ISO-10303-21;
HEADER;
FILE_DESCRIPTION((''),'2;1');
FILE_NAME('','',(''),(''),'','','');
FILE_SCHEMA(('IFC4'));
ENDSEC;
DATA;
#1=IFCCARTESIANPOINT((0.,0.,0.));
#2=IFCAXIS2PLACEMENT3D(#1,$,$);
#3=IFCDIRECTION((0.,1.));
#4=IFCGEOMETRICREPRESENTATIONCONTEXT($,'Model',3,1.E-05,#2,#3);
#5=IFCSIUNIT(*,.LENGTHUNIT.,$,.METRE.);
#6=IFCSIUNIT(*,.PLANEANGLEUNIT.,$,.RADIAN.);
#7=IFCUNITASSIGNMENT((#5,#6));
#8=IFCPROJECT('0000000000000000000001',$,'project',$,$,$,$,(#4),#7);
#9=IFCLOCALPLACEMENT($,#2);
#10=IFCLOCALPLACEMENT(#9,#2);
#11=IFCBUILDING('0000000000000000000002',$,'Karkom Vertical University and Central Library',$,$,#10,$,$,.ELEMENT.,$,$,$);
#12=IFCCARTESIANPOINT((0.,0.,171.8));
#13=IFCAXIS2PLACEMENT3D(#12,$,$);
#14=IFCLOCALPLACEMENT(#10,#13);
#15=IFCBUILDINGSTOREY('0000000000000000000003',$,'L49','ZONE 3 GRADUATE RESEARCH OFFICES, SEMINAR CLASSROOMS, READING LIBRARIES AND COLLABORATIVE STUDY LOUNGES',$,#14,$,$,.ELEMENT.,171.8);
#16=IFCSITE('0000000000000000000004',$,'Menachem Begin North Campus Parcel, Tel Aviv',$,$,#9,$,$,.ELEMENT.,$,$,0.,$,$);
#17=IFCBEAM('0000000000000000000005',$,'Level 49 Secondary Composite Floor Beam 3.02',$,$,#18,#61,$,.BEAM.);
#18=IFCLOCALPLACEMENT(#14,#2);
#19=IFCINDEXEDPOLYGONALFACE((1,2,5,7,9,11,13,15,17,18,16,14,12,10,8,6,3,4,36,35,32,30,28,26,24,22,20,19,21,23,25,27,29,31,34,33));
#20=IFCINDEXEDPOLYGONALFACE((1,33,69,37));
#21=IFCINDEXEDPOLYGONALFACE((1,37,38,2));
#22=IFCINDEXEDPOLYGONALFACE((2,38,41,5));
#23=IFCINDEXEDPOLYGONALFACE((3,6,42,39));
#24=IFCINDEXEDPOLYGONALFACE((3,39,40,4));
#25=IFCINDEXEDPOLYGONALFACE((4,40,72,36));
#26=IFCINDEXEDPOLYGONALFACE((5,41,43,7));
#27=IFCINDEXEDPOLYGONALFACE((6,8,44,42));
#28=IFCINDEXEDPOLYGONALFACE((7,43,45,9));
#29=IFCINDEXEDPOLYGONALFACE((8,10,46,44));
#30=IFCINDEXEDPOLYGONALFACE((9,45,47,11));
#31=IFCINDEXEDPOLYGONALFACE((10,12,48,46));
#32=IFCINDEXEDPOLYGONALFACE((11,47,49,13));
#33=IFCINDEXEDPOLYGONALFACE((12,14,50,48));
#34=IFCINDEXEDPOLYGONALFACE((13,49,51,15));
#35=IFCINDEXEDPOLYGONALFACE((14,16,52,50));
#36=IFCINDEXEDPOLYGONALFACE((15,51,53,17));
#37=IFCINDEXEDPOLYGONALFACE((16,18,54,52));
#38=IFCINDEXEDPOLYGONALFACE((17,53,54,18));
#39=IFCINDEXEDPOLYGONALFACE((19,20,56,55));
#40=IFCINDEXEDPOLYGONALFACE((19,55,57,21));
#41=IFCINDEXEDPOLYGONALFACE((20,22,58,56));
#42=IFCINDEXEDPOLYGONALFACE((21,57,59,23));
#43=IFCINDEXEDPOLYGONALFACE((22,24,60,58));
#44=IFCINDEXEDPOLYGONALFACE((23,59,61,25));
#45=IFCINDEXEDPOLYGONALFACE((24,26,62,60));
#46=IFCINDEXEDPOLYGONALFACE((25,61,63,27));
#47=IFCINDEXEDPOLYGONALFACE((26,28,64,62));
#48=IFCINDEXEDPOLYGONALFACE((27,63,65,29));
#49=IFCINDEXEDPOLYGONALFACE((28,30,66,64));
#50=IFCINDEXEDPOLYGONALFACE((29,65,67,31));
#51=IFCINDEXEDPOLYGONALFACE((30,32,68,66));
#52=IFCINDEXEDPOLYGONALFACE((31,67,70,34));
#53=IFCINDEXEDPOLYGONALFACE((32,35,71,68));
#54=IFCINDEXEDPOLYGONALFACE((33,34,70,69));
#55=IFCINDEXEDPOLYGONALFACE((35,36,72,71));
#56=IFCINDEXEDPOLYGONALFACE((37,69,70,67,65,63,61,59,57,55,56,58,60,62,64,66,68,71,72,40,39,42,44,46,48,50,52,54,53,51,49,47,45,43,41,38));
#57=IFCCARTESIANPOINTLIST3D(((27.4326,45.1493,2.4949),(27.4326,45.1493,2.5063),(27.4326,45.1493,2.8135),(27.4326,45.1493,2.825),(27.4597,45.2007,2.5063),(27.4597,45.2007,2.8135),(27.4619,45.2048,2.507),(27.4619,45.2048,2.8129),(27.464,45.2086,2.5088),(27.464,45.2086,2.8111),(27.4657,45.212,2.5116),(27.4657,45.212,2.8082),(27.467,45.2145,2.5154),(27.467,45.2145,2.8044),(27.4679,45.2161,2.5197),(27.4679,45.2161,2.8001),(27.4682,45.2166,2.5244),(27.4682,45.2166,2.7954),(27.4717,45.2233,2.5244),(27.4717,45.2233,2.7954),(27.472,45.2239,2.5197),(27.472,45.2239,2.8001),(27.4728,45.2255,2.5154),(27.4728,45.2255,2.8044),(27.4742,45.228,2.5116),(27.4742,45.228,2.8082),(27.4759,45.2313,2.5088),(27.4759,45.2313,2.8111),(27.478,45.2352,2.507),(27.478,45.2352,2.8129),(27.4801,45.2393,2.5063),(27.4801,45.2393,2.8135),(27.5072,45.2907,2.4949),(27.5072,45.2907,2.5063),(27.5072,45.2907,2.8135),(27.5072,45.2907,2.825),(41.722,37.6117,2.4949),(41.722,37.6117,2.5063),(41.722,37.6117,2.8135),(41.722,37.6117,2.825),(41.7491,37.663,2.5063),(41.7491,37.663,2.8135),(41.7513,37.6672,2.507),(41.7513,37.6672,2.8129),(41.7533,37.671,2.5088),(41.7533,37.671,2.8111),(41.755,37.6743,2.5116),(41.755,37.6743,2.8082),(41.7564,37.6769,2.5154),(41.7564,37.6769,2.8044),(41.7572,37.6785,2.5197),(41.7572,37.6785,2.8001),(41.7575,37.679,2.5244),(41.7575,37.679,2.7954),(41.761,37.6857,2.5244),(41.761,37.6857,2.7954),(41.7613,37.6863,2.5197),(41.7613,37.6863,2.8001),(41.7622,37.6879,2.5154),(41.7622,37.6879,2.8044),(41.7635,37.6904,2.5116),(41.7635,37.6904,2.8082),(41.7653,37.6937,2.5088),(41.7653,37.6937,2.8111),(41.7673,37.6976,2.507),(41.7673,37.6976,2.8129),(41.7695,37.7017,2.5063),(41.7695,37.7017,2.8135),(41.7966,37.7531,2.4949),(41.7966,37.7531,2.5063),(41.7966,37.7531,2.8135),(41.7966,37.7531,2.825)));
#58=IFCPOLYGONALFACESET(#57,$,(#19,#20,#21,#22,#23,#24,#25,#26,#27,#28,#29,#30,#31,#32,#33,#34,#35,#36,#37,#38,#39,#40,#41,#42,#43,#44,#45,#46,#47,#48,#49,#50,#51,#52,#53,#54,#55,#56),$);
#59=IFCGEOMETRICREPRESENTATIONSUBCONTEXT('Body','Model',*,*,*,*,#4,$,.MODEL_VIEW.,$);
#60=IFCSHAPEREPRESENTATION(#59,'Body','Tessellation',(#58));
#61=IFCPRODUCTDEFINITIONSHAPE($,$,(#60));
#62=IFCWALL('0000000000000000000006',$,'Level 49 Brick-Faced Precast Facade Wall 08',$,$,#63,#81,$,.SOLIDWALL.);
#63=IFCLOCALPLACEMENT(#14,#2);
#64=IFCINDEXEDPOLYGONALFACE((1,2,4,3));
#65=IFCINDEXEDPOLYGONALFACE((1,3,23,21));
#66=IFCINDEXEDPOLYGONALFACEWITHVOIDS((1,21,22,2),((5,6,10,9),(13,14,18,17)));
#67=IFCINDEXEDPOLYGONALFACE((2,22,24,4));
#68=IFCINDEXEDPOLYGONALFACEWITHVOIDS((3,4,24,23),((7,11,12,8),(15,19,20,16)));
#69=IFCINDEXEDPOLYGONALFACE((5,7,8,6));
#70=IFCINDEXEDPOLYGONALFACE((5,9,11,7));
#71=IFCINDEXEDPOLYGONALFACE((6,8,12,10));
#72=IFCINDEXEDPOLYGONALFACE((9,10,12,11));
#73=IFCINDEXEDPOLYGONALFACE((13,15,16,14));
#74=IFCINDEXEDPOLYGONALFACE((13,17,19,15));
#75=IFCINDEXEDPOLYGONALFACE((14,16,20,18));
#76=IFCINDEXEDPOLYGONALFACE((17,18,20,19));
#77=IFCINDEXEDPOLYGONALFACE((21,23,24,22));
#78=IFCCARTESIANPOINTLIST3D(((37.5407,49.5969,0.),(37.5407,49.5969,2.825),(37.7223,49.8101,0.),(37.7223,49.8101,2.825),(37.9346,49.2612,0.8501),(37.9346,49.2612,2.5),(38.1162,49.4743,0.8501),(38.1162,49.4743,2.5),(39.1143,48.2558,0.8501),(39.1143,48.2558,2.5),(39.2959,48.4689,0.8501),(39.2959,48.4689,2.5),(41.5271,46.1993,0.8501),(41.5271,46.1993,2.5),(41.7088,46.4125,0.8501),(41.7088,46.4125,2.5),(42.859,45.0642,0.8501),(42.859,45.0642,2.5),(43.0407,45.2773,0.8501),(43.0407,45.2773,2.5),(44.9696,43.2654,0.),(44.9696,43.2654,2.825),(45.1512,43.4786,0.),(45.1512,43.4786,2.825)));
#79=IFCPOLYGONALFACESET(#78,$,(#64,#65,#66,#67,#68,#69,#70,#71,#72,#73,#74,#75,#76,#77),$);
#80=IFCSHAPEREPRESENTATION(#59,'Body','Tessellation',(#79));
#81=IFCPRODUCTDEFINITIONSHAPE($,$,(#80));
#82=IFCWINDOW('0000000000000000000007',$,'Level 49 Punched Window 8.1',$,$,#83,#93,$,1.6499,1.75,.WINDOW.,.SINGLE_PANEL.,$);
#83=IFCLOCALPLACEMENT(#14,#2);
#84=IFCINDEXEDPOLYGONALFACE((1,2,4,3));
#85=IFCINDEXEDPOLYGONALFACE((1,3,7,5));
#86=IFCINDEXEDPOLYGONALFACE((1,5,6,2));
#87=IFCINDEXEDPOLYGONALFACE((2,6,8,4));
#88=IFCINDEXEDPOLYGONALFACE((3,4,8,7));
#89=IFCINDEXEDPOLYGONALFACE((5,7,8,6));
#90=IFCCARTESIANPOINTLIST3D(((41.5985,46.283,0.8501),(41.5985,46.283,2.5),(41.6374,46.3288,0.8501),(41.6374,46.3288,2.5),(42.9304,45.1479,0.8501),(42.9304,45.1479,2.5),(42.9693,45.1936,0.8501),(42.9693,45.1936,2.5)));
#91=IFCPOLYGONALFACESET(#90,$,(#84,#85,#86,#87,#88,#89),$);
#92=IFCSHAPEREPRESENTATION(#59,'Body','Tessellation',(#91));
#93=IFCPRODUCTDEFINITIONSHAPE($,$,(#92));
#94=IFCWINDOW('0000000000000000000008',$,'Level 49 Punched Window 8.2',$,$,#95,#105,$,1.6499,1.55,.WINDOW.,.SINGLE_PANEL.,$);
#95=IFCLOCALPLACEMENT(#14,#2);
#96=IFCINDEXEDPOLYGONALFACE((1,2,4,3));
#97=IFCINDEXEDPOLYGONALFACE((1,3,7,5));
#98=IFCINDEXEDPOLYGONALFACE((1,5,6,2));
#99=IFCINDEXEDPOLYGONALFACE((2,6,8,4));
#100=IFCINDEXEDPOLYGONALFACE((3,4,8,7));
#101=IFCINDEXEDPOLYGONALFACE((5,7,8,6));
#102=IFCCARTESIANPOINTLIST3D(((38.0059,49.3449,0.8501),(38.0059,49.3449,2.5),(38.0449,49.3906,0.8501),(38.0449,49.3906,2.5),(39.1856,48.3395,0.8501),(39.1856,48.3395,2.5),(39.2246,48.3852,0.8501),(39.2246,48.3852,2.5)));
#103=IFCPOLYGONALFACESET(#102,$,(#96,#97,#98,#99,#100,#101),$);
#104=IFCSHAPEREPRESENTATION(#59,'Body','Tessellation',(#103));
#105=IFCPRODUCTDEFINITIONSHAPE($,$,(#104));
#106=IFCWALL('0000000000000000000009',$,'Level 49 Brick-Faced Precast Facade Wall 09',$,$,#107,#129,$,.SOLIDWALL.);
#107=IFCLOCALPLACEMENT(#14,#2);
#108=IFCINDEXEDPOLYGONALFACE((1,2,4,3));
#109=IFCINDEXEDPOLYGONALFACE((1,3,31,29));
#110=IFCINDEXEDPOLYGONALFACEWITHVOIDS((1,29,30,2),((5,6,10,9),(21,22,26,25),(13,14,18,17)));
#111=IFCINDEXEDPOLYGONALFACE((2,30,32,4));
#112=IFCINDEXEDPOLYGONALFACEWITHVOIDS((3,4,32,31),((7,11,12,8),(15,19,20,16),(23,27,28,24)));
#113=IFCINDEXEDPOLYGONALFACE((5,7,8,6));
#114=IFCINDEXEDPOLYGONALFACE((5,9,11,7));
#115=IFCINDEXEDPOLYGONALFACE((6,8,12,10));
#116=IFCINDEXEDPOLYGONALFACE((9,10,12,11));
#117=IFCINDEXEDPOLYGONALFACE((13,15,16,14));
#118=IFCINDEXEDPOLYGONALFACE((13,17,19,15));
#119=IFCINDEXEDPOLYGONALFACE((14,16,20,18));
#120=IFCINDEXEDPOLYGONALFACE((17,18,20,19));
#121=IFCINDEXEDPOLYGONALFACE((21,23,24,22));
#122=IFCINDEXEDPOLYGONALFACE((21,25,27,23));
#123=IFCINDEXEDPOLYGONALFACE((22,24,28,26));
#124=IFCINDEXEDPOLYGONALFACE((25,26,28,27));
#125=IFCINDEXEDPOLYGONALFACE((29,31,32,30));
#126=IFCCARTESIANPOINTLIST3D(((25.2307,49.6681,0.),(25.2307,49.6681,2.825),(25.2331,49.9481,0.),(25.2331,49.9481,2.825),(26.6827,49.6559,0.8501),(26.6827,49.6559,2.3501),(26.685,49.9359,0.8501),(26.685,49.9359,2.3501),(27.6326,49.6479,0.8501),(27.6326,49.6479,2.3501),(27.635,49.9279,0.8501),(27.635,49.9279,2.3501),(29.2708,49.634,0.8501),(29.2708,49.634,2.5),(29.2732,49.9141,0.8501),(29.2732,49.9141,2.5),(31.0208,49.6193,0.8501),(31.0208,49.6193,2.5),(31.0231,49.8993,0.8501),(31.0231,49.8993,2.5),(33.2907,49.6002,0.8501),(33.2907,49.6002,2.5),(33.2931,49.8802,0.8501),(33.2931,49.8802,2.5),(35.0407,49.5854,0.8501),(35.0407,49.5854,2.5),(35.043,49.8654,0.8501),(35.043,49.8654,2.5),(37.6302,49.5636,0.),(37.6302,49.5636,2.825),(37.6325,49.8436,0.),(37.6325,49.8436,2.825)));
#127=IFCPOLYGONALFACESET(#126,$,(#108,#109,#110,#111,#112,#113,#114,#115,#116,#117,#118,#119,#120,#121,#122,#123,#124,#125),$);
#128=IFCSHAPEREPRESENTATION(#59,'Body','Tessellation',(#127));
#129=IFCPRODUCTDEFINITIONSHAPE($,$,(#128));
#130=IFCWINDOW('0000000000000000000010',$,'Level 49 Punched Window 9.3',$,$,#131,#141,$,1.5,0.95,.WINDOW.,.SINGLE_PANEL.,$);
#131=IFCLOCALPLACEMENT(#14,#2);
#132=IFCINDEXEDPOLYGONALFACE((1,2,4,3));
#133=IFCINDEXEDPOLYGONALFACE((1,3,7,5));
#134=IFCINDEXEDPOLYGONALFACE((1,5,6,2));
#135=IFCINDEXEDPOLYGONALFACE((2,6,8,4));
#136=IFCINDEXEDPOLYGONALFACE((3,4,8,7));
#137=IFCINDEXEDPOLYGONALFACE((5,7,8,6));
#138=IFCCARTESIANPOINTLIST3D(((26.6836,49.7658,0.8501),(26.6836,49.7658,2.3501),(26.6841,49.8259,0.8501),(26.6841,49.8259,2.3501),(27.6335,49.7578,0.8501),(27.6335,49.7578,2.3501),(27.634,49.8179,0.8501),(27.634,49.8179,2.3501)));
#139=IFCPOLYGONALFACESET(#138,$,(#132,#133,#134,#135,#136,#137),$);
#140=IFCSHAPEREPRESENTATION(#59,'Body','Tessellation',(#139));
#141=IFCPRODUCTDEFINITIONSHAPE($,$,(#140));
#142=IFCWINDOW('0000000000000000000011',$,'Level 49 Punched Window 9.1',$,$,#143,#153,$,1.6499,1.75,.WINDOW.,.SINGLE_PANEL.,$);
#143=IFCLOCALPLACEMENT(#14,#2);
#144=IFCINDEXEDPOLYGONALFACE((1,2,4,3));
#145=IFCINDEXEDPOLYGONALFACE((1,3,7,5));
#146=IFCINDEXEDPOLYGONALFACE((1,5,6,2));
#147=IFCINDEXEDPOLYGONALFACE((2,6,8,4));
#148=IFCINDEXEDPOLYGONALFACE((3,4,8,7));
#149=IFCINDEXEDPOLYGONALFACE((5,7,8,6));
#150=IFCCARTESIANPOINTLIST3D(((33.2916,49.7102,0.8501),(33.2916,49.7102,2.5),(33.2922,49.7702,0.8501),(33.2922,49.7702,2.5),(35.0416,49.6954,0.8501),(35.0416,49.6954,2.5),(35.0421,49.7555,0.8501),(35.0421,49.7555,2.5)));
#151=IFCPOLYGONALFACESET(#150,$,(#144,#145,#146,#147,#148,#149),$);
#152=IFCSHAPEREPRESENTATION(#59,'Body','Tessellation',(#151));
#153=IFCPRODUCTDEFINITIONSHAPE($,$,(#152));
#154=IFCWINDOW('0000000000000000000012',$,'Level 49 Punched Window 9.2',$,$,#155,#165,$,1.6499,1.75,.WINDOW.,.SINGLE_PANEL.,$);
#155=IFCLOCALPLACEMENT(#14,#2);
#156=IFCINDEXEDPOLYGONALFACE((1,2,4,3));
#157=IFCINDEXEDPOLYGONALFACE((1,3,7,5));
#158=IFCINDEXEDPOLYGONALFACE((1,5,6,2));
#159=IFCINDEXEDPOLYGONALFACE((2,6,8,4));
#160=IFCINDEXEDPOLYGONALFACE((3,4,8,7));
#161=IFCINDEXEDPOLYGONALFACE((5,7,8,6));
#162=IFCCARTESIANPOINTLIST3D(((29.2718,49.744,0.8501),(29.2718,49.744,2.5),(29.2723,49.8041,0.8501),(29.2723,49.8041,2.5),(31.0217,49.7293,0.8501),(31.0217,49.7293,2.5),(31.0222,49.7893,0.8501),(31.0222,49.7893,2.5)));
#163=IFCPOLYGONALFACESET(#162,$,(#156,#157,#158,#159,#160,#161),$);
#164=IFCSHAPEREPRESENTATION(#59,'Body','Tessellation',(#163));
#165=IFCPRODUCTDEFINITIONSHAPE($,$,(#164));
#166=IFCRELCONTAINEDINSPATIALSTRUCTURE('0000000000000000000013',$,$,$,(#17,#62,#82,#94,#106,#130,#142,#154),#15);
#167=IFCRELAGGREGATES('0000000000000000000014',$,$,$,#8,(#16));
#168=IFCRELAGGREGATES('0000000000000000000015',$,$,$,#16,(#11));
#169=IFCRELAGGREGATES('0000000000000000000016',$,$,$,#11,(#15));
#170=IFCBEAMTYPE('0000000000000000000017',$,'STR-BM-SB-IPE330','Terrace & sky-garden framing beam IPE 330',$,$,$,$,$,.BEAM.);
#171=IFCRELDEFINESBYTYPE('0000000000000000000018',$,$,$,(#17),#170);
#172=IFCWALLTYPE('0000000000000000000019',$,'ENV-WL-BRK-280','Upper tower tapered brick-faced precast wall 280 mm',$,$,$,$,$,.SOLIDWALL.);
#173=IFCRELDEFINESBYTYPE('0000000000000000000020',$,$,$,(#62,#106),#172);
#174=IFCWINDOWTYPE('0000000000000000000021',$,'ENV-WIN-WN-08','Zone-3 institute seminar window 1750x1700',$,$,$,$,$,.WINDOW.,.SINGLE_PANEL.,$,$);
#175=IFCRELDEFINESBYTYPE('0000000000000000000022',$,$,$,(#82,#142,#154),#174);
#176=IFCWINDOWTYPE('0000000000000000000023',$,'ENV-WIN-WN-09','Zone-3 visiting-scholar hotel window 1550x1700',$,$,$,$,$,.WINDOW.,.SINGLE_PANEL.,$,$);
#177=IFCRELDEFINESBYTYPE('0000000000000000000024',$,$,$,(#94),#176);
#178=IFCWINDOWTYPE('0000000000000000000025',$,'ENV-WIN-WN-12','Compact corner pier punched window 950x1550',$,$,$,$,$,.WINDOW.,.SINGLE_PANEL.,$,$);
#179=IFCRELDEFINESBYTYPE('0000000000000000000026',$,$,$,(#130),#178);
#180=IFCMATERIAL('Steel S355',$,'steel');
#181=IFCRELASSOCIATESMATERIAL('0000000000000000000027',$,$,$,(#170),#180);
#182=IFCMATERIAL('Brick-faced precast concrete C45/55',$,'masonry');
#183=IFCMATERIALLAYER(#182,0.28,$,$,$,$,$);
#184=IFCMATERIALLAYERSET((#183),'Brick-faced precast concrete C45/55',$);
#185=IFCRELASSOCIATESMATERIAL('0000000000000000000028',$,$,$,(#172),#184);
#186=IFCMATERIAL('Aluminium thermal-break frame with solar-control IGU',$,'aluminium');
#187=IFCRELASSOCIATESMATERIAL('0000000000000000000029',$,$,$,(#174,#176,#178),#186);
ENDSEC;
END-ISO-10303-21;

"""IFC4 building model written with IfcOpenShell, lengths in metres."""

from ifc_helpers import new_model, si_unit, direction, frame, frame_2d, origin, origin_with_axes, origin_2d, place, context, subcontext, project, spatial, rectangle, i_section, extrude, source, transform, mapped, material, layer, layer_set, material_profile, profile_set, type_object, element, fill, save


model = new_model("IFC4")

# Units and contexts
model_context = context("Model", 3, precision=1e-05, world=origin(), true_north=direction((0.0, 1.0)))
body_context = subcontext(model_context, "Body", "Model", "MODEL_VIEW")
ifc_project = project(units=[si_unit("LENGTHUNIT", "METRE"), si_unit("PLANEANGLEUNIT", "RADIAN")], contexts=[model_context])

# Site, building, storey
site_placement = place(None, origin())
site = spatial("IfcSite", under=ifc_project, at=site_placement, Name="Menachem Begin North Campus Parcel, Tel Aviv", CompositionType="ELEMENT", RefElevation=0.0)
building_placement = place(site_placement, origin())
building = spatial("IfcBuilding", under=site, at=building_placement, Name="Karkom Vertical University and Central Library", CompositionType="ELEMENT")
storey_placement = place(building_placement, frame((0.0, 0.0, 171.8)))
storey = spatial("IfcBuildingStorey", under=building, at=storey_placement, Name="L49", Description="ZONE 3 GRADUATE RESEARCH OFFICES, SEMINAR CLASSROOMS, READING LIBRARIES AND COLLABORATIVE STUDY LOUNGES", CompositionType="ELEMENT", Elevation=171.8)

# Beam
ifc_material_1 = material(Name="Steel S355", Category="steel")
ifc_material_profile_1 = material_profile(ifc_material_1, i_section(OverallWidth=0.1599, OverallDepth=0.3301, WebThickness=0.0076, FlangeThickness=0.0115, FilletRadius=0.0181, at=origin_2d()), Name="IPE 330")
ifc_profile_set_1 = profile_set([ifc_material_profile_1], Name="Steel S355")
beam_type_1 = type_object("IfcBeamType", Name="STR-BM-SB-IPE330", Description="Terrace & sky-garden framing beam IPE 330", PredefinedType="BEAM", material=ifc_profile_set_1)
shared_shape_1 = source(origin_with_axes(), body_context, "Body", "SweptSolid", [
    extrude(i_section(OverallWidth=0.1599, OverallDepth=0.3301, WebThickness=0.0076, FlangeThickness=0.0115, FilletRadius=0.0181, at=origin_2d()), origin(), (0.0, 0.0, 1.0), 16.1555),
])
beam_1_placement = place(storey_placement, frame((41.7593, 37.6824, 2.6599), z_axis=(-0.884486, 0.466566, 0.0), x_axis=(-0.466566, -0.884486, 0.0)))
element("IfcBeam", 1, at=beam_1_placement, inside=storey, type_object=beam_type_1, Name="Level 49 Secondary Composite Floor Beam 3.02", PredefinedType="BEAM", context=body_context, shape_type="MappedRepresentation", body=[
    mapped(shared_shape_1, transform((0.0, 0.0, 0.0), scale=1.0)),
])

# Walls, openings, windows
ifc_material_2 = material(Name="Brick-faced precast concrete C45/55", Category="masonry")
ifc_layer_1 = layer(ifc_material_2, 0.28)
ifc_layer_set_1 = layer_set([ifc_layer_1], Name="Brick-faced precast concrete C45/55")
wall_type_1 = type_object("IfcWallType", Name="ENV-WL-BRK-280", Description="Upper tower tapered brick-faced precast wall 280 mm", PredefinedType="SOLIDWALL", material=ifc_layer_set_1)
wall_1_placement = place(storey_placement, frame((45.0603, 43.3721, 0.0), z_axis=(0.0, 0.0, 1.0), x_axis=(-0.761083, 0.648655, 0.0)))
wall_1 = element("IfcWall", 2, at=wall_1_placement, inside=storey, type_object=wall_type_1, Name="Level 49 Brick-Faced Precast Facade Wall 08", PredefinedType="SOLIDWALL", context=body_context, shape_type="SweptSolid", body=[
    extrude(rectangle(XDim=9.761, YDim=0.28, at=frame_2d((4.8804, 0.0))), origin(), (0.0, 0.0, 1.0), 2.825),
])
opening_1_placement = place(wall_1_placement, frame((2.7729, 0.0, 0.8501)))
opening_1 = element("IfcOpeningElement", 3, at=opening_1_placement, cuts=wall_1, PredefinedType="OPENING", context=body_context, shape_type="SweptSolid", body=[
    extrude(rectangle(XDim=1.75, YDim=1.6499, at=frame_2d((0.875, 0.825))), frame((0.0, 0.1499, 0.0), z_axis=(0.0, -1.0, 0.0), x_axis=(1.0, 0.0, 0.0)), (0.0, 0.0, 1.0), 0.3),
])
opening_2_placement = place(wall_1_placement, frame((7.6934, 0.0, 0.8501)))
opening_2 = element("IfcOpeningElement", 4, at=opening_2_placement, cuts=wall_1, PredefinedType="OPENING", context=body_context, shape_type="SweptSolid", body=[
    extrude(rectangle(XDim=1.55, YDim=1.6499, at=frame_2d((0.7749, 0.825))), frame((0.0, 0.1499, 0.0), z_axis=(0.0, -1.0, 0.0), x_axis=(1.0, 0.0, 0.0)), (0.0, 0.0, 1.0), 0.3),
])
ifc_material_3 = material(Name="Aluminium thermal-break frame with solar-control IGU", Category="aluminium")
window_type_1 = type_object("IfcWindowType", Name="ENV-WIN-WN-08", Description="Zone-3 institute seminar window 1750x1700", PartitioningType="SINGLE_PANEL", PredefinedType="WINDOW", material=ifc_material_3)
shared_shape_2 = source(origin_with_axes(), body_context, "Body", "SweptSolid", [
    extrude(rectangle(XDim=1.75, YDim=1.6499, at=frame_2d((0.875, 0.825))), frame((0.0, 0.03, 0.0), z_axis=(0.0, -1.0, 0.0), x_axis=(1.0, 0.0, 0.0)), (0.0, 0.0, 1.0), 0.0601),
])
window_1_placement = place(opening_1_placement, origin())
window_1 = element("IfcWindow", 5, at=window_1_placement, inside=storey, type_object=window_type_1, Name="Level 49 Punched Window 8.1", OverallHeight=1.6499, OverallWidth=1.75, PartitioningType="SINGLE_PANEL", PredefinedType="WINDOW", context=body_context, shape_type="MappedRepresentation", body=[
    mapped(shared_shape_2, transform((0.0, 0.0, 0.0), scale=1.0)),
])
fill(opening_1, window_1)
window_type_2 = type_object("IfcWindowType", Name="ENV-WIN-WN-09", Description="Zone-3 visiting-scholar hotel window 1550x1700", PartitioningType="SINGLE_PANEL", PredefinedType="WINDOW", material=ifc_material_3)
shared_shape_3 = source(origin_with_axes(), body_context, "Body", "SweptSolid", [
    extrude(rectangle(XDim=1.55, YDim=1.6499, at=frame_2d((0.7749, 0.825))), frame((0.0, 0.03, 0.0), z_axis=(0.0, -1.0, 0.0), x_axis=(1.0, 0.0, 0.0)), (0.0, 0.0, 1.0), 0.0601),
])
window_2_placement = place(opening_2_placement, origin())
window_2 = element("IfcWindow", 6, at=window_2_placement, inside=storey, type_object=window_type_2, Name="Level 49 Punched Window 8.2", OverallHeight=1.6499, OverallWidth=1.55, PartitioningType="SINGLE_PANEL", PredefinedType="WINDOW", context=body_context, shape_type="MappedRepresentation", body=[
    mapped(shared_shape_3, transform((0.0, 0.0, 0.0), scale=1.0)),
])
fill(opening_2, window_2)
wall_2_placement = place(storey_placement, frame((37.6313, 49.7036, 0.0), z_axis=(0.0, 0.0, 1.0), x_axis=(-0.999964, 0.008427, 0.0)))
wall_2 = element("IfcWall", 7, at=wall_2_placement, inside=storey, type_object=wall_type_1, Name="Level 49 Brick-Faced Precast Facade Wall 09", PredefinedType="SOLIDWALL", context=body_context, shape_type="SweptSolid", body=[
    extrude(rectangle(XDim=12.3999, YDim=0.28, at=frame_2d((6.2, 0.0))), origin(), (0.0, 0.0, 1.0), 2.825),
])
opening_3_placement = place(wall_2_placement, frame((2.5896, 0.0, 0.8501)))
opening_3 = element("IfcOpeningElement", 8, at=opening_3_placement, cuts=wall_2, PredefinedType="OPENING", context=body_context, shape_type="SweptSolid", body=[
    extrude(rectangle(XDim=1.75, YDim=1.6499, at=frame_2d((0.875, 0.825))), frame((0.0, 0.1499, 0.0), z_axis=(0.0, -1.0, 0.0), x_axis=(1.0, 0.0, 0.0)), (0.0, 0.0, 1.0), 0.3),
])
opening_4_placement = place(wall_2_placement, frame((6.6096, 0.0, 0.8501)))
opening_4 = element("IfcOpeningElement", 9, at=opening_4_placement, cuts=wall_2, PredefinedType="OPENING", context=body_context, shape_type="SweptSolid", body=[
    extrude(rectangle(XDim=1.75, YDim=1.6499, at=frame_2d((0.875, 0.825))), frame((0.0, 0.1499, 0.0), z_axis=(0.0, -1.0, 0.0), x_axis=(1.0, 0.0, 0.0)), (0.0, 0.0, 1.0), 0.3),
])
opening_5_placement = place(wall_2_placement, frame((9.9978, 0.0, 0.8501)))
opening_5 = element("IfcOpeningElement", 10, at=opening_5_placement, cuts=wall_2, PredefinedType="OPENING", context=body_context, shape_type="SweptSolid", body=[
    extrude(rectangle(XDim=0.95, YDim=1.5, at=frame_2d((0.4751, 0.75))), frame((0.0, 0.1499, 0.0), z_axis=(0.0, -1.0, 0.0), x_axis=(1.0, 0.0, 0.0)), (0.0, 0.0, 1.0), 0.3),
])
window_type_3 = type_object("IfcWindowType", Name="ENV-WIN-WN-12", Description="Compact corner pier punched window 950x1550", PartitioningType="SINGLE_PANEL", PredefinedType="WINDOW", material=ifc_material_3)
shared_shape_4 = source(origin_with_axes(), body_context, "Body", "SweptSolid", [
    extrude(rectangle(XDim=0.95, YDim=1.5, at=frame_2d((0.4751, 0.75))), frame((0.0, 0.03, 0.0), z_axis=(0.0, -1.0, 0.0), x_axis=(1.0, 0.0, 0.0)), (0.0, 0.0, 1.0), 0.0601),
])
window_3_placement = place(opening_5_placement, origin())
window_3 = element("IfcWindow", 11, at=window_3_placement, inside=storey, type_object=window_type_3, Name="Level 49 Punched Window 9.3", OverallHeight=1.5, OverallWidth=0.95, PartitioningType="SINGLE_PANEL", PredefinedType="WINDOW", context=body_context, shape_type="MappedRepresentation", body=[
    mapped(shared_shape_4, transform((0.0, 0.0, 0.0), scale=1.0)),
])
fill(opening_5, window_3)
window_4_placement = place(opening_3_placement, origin())
window_4 = element("IfcWindow", 12, at=window_4_placement, inside=storey, type_object=window_type_1, Name="Level 49 Punched Window 9.1", OverallHeight=1.6499, OverallWidth=1.75, PartitioningType="SINGLE_PANEL", PredefinedType="WINDOW", context=body_context, shape_type="MappedRepresentation", body=[
    mapped(shared_shape_2, transform((0.0, 0.0, 0.0), scale=1.0)),
])
fill(opening_3, window_4)
window_5_placement = place(opening_4_placement, origin())
window_5 = element("IfcWindow", 13, at=window_5_placement, inside=storey, type_object=window_type_1, Name="Level 49 Punched Window 9.2", OverallHeight=1.6499, OverallWidth=1.75, PartitioningType="SINGLE_PANEL", PredefinedType="WINDOW", context=body_context, shape_type="MappedRepresentation", body=[
    mapped(shared_shape_2, transform((0.0, 0.0, 0.0), scale=1.0)),
])
fill(opening_4, window_5)

save(model, "model.ifc")
